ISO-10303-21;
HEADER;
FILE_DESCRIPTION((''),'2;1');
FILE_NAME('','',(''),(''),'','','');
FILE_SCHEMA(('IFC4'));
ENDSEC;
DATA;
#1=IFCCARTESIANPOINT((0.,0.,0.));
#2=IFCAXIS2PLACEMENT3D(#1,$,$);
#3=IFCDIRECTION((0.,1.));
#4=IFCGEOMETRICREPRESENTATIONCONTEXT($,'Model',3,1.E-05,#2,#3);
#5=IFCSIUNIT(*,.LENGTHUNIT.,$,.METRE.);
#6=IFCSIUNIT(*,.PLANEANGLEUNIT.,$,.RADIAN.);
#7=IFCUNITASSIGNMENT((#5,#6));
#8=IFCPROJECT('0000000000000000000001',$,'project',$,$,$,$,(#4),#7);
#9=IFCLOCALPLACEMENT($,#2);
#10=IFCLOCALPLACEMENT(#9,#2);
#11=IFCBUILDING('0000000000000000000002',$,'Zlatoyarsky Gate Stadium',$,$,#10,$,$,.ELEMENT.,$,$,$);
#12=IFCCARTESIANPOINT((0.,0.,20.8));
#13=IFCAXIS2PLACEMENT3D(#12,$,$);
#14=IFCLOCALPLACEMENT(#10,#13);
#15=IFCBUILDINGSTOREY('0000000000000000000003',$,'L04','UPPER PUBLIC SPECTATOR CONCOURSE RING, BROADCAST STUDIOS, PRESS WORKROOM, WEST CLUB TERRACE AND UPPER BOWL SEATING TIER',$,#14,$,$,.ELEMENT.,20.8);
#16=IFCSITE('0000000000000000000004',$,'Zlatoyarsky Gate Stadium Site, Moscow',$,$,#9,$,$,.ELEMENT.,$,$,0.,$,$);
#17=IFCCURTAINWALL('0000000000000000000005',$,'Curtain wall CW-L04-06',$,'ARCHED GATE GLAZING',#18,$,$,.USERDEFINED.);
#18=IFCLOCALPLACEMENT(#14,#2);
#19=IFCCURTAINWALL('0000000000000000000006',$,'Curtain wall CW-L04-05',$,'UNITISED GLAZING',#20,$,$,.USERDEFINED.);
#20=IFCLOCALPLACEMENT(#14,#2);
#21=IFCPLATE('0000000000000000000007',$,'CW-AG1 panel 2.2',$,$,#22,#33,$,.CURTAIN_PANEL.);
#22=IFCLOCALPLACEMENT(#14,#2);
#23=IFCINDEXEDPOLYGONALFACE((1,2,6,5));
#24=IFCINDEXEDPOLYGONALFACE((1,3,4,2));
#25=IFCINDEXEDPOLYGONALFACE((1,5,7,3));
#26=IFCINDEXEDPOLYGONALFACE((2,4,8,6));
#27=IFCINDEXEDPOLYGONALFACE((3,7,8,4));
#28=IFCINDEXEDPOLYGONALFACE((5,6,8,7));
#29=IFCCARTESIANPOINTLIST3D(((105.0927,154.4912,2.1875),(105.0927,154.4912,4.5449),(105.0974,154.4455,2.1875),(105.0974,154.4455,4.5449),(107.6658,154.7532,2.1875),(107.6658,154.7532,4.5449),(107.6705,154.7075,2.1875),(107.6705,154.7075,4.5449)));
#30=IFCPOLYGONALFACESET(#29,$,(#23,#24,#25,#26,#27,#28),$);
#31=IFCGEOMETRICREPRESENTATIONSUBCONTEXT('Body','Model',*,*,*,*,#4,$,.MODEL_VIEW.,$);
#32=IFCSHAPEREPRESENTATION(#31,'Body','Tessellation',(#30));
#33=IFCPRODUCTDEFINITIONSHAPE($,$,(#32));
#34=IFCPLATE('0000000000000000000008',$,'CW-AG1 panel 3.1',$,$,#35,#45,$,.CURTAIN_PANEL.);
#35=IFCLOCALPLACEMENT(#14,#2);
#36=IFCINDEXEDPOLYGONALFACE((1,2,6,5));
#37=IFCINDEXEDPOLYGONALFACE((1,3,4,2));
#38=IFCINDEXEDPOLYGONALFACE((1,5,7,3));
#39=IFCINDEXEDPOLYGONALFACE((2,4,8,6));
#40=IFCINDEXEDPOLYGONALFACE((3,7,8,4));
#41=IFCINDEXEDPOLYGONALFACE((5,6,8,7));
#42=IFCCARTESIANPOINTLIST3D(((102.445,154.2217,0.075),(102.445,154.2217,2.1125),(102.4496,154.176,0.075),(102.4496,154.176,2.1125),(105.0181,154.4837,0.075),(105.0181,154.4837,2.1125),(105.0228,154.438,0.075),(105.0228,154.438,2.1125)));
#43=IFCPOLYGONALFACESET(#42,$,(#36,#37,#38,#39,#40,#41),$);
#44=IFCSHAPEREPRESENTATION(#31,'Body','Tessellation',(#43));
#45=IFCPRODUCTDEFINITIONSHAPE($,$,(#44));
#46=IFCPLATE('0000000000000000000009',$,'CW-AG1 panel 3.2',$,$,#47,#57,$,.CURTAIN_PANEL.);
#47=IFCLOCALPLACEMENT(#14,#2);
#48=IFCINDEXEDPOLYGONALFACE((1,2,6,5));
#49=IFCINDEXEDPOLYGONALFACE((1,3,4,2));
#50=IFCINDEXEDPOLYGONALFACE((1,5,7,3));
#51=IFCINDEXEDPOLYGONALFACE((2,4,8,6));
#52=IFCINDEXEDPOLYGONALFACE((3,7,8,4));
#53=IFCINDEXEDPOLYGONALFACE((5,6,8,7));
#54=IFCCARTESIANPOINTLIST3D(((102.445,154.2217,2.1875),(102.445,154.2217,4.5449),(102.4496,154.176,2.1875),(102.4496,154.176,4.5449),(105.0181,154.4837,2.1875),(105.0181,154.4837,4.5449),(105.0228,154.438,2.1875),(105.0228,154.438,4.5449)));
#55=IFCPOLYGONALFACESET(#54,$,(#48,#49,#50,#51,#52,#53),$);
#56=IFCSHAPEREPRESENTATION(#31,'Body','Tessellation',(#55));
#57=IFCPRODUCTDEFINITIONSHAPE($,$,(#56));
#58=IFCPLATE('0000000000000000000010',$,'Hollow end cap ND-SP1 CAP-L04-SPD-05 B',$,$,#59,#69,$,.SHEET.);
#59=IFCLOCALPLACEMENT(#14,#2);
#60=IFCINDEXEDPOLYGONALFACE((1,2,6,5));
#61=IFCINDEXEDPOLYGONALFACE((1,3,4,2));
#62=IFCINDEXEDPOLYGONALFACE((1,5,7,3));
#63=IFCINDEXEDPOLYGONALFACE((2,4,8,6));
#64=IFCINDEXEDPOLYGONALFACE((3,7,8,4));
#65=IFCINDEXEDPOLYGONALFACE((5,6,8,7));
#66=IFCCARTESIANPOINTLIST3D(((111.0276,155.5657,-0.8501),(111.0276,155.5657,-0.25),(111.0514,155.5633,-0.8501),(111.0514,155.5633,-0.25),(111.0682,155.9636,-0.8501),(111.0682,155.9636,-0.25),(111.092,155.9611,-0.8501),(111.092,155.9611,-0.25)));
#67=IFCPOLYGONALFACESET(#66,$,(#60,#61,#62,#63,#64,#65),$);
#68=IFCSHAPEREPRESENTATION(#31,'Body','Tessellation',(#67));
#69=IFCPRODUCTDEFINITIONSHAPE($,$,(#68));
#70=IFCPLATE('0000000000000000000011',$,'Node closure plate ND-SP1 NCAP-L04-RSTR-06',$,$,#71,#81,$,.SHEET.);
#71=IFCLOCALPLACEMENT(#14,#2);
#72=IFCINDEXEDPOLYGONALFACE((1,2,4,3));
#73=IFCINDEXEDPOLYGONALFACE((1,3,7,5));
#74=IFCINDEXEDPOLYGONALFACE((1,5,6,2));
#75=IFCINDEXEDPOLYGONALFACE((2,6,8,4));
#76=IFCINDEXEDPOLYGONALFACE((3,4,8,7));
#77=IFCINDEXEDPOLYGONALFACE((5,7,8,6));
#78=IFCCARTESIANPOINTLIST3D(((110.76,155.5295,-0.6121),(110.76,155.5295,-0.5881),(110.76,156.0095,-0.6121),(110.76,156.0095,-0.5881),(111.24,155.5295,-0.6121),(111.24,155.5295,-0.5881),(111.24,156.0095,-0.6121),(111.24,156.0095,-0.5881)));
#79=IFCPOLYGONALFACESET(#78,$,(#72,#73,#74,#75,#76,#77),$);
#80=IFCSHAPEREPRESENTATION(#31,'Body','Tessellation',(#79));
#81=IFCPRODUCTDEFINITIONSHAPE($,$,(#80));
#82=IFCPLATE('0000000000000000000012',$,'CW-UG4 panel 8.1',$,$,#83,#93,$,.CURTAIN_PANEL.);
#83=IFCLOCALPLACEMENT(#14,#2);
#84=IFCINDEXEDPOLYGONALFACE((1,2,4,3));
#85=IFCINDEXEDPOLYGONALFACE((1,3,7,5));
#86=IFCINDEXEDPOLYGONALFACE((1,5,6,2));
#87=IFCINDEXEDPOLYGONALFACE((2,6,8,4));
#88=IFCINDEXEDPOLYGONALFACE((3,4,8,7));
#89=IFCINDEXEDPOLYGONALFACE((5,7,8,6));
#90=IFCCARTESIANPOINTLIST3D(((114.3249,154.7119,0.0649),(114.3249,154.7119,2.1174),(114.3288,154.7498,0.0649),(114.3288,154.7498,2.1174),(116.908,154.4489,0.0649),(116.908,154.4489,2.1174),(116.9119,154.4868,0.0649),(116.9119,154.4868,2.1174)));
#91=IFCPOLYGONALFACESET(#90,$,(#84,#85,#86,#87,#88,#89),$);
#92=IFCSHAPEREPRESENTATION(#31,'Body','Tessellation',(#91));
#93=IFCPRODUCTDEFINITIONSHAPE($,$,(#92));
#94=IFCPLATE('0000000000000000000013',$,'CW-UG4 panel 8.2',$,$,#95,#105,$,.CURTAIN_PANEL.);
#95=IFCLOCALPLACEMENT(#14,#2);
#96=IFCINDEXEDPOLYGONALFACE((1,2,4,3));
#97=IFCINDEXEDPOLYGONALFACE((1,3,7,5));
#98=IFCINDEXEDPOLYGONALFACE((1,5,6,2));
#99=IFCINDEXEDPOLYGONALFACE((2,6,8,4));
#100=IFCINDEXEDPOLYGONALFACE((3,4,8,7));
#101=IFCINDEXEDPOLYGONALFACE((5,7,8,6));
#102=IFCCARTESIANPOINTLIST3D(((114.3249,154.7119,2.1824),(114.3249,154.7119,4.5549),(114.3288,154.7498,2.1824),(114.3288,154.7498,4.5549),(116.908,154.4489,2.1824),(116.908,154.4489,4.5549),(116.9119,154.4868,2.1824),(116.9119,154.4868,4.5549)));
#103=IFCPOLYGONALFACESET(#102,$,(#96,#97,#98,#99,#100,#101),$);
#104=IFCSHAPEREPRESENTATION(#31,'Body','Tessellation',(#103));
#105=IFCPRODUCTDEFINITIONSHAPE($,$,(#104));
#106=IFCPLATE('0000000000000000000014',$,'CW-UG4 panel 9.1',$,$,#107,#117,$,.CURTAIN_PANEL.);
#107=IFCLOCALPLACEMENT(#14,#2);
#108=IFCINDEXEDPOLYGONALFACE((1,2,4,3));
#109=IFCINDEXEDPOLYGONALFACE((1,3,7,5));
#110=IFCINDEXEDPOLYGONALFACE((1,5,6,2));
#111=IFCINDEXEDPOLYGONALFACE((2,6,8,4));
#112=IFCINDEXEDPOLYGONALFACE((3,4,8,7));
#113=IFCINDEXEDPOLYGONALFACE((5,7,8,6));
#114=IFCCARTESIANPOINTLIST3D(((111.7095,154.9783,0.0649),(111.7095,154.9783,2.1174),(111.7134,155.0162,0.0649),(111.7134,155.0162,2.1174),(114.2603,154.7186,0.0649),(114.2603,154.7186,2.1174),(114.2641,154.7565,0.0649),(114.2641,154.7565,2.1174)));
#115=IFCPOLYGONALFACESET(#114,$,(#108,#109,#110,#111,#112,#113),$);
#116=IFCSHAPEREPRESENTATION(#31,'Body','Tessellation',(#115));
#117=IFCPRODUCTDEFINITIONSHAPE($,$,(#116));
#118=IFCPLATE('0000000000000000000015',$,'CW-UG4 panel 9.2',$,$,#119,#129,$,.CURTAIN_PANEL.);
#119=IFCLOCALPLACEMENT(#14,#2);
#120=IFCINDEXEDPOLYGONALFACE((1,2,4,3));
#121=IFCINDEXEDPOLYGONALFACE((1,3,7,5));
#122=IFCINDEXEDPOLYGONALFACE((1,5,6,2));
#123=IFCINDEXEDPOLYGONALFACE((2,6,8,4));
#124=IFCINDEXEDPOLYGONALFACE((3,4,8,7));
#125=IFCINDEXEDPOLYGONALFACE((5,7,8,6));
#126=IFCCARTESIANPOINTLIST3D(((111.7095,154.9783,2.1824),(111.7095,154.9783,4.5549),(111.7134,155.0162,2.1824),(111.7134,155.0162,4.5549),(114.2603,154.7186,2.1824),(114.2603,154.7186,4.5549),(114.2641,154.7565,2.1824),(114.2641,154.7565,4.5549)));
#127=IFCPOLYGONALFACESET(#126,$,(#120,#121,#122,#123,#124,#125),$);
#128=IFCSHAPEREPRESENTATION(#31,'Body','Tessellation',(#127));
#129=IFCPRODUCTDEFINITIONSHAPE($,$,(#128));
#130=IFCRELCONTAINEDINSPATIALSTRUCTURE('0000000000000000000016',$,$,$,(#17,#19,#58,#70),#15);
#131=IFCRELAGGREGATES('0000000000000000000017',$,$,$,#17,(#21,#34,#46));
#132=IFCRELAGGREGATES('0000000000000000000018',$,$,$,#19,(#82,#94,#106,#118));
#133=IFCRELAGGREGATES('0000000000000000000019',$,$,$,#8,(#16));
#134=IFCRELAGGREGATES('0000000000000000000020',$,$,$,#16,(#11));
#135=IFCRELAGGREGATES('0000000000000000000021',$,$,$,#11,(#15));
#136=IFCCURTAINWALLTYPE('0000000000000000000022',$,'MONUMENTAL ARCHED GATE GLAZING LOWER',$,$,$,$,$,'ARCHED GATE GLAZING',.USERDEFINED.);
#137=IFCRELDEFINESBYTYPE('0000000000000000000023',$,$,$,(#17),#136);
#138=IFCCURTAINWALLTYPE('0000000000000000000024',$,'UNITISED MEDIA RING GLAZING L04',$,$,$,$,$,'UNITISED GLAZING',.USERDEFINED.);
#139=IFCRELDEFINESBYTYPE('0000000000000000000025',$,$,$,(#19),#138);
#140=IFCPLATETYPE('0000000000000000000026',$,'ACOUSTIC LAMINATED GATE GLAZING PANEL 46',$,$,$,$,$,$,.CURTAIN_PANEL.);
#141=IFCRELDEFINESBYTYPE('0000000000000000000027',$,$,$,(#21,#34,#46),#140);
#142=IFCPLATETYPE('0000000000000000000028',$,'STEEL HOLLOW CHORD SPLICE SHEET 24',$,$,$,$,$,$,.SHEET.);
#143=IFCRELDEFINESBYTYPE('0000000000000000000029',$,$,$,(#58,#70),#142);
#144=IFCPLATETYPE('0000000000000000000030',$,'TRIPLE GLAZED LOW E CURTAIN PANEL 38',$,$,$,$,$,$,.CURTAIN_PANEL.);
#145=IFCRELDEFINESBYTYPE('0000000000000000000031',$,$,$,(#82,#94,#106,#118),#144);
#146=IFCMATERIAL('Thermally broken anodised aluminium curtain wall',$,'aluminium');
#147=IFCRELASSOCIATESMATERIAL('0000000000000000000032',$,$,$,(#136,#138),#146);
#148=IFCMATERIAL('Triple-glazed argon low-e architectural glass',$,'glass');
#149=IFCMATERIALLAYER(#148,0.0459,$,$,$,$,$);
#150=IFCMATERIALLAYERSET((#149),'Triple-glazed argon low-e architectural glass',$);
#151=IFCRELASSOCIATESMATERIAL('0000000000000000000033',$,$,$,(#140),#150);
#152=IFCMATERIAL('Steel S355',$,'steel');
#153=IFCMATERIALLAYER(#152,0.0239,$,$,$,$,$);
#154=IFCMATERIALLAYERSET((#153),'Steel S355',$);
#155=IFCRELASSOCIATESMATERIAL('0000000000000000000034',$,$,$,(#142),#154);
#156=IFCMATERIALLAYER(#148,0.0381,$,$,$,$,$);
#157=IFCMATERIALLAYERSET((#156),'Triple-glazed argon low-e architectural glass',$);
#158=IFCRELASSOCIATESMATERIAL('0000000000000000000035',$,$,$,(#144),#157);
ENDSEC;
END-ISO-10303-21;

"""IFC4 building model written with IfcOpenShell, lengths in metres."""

from ifc_helpers import new_model, si_unit, direction, frame, origin, origin_2d, place, context, subcontext, project, spatial, rectangle, extrude, material, layer, layer_set, type_object, element, aggregate, save


model = new_model("IFC4")

# Units and contexts
model_context = context("Model", 3, precision=1e-05, world=origin(), true_north=direction((0.0, 1.0)))
body_context = subcontext(model_context, "Body", "Model", "MODEL_VIEW")
ifc_project = project(units=[si_unit("LENGTHUNIT", "METRE"), si_unit("PLANEANGLEUNIT", "RADIAN")], contexts=[model_context])

# Site, building, storey
site_placement = place(None, origin())
site = spatial("IfcSite", under=ifc_project, at=site_placement, Name="Zlatoyarsky Gate Stadium Site, Moscow", CompositionType="ELEMENT", RefElevation=0.0)
building_placement = place(site_placement, origin())
building = spatial("IfcBuilding", under=site, at=building_placement, Name="Zlatoyarsky Gate Stadium", CompositionType="ELEMENT")
storey_placement = place(building_placement, frame((0.0, 0.0, 20.8)))
storey = spatial("IfcBuildingStorey", under=building, at=storey_placement, Name="L04", Description="UPPER PUBLIC SPECTATOR CONCOURSE RING, BROADCAST STUDIOS, PRESS WORKROOM, WEST CLUB TERRACE AND UPPER BOWL SEATING TIER", CompositionType="ELEMENT", Elevation=20.8)

# Curtain walls
ifc_material_1 = material(Name="Thermally broken anodised aluminium curtain wall", Category="aluminium")
curtain_wall_type_1 = type_object("IfcCurtainWallType", Name="MONUMENTAL ARCHED GATE GLAZING LOWER", ElementType="ARCHED GATE GLAZING", PredefinedType="USERDEFINED", material=ifc_material_1)
curtain_wall_1_placement = place(storey_placement, origin())
curtain_wall_1 = element("IfcCurtainWall", 1, at=curtain_wall_1_placement, inside=storey, type_object=curtain_wall_type_1, Name="Curtain wall CW-L04-06", ObjectType="ARCHED GATE GLAZING", PredefinedType="USERDEFINED")
curtain_wall_type_2 = type_object("IfcCurtainWallType", Name="UNITISED MEDIA RING GLAZING L04", ElementType="UNITISED GLAZING", PredefinedType="USERDEFINED", material=ifc_material_1)
curtain_wall_2_placement = place(storey_placement, origin())
curtain_wall_2 = element("IfcCurtainWall", 2, at=curtain_wall_2_placement, inside=storey, type_object=curtain_wall_type_2, Name="Curtain wall CW-L04-05", ObjectType="UNITISED GLAZING", PredefinedType="USERDEFINED")

# Shared definitions
ifc_material_2 = material(Name="Steel S355", Category="steel")

# Plates
ifc_material_3 = material(Name="Triple-glazed argon low-e architectural glass", Category="glass")
ifc_layer_1 = layer(ifc_material_3, 0.0459)
ifc_layer_set_1 = layer_set([ifc_layer_1], Name="Triple-glazed argon low-e architectural glass")
plate_type_1 = type_object("IfcPlateType", Name="ACOUSTIC LAMINATED GATE GLAZING PANEL 46", PredefinedType="CURTAIN_PANEL", material=ifc_layer_set_1)
plate_1_placement = place(storey_placement, frame((106.3816, 154.5994, 2.1875), z_axis=(0.0, 0.0, 1.0), x_axis=(-0.994857, -0.101293, 0.0)))
plate_1 = element("IfcPlate", 3, at=plate_1_placement, type_object=plate_type_1, Name="CW-AG1 panel 2.2", PredefinedType="CURTAIN_PANEL", context=body_context, shape_type="SweptSolid", body=[
    extrude(rectangle(XDim=2.5864, YDim=0.0459, at=origin_2d()), origin(), (0.0, 0.0, 1.0), 2.3574),
])
plate_2_placement = place(storey_placement, frame((103.7339, 154.3298, 0.075), z_axis=(0.0, 0.0, 1.0), x_axis=(-0.994857, -0.101293, 0.0)))
plate_2 = element("IfcPlate", 4, at=plate_2_placement, type_object=plate_type_1, Name="CW-AG1 panel 3.1", PredefinedType="CURTAIN_PANEL", context=body_context, shape_type="SweptSolid", body=[
    extrude(rectangle(XDim=2.5864, YDim=0.0459, at=origin_2d()), origin(), (0.0, 0.0, 1.0), 2.0376),
])
plate_3_placement = place(storey_placement, frame((103.7339, 154.3298, 2.1875), z_axis=(0.0, 0.0, 1.0), x_axis=(-0.994857, -0.101293, 0.0)))
plate_3 = element("IfcPlate", 5, at=plate_3_placement, type_object=plate_type_1, Name="CW-AG1 panel 3.2", PredefinedType="CURTAIN_PANEL", context=body_context, shape_type="SweptSolid", body=[
    extrude(rectangle(XDim=2.5864, YDim=0.0459, at=origin_2d()), origin(), (0.0, 0.0, 1.0), 2.3574),
])
aggregate(curtain_wall_1, [plate_1, plate_2, plate_3])

# Plates
ifc_layer_2 = layer(ifc_material_2, 0.0239)
ifc_layer_set_2 = layer_set([ifc_layer_2], Name="Steel S355")
plate_type_2 = type_object("IfcPlateType", Name="STEEL HOLLOW CHORD SPLICE SHEET 24", PredefinedType="SHEET", material=ifc_layer_set_2)
plate_4_placement = place(storey_placement, frame((111.0598, 155.7634, -0.8501), z_axis=(0.0, 0.0, 1.0), x_axis=(-0.994835, 0.101502, 0.0)))
element("IfcPlate", 6, at=plate_4_placement, inside=storey, type_object=plate_type_2, Name="Hollow end cap ND-SP1 CAP-L04-SPD-05 B", PredefinedType="SHEET", context=body_context, shape_type="SweptSolid", body=[
    extrude(rectangle(XDim=0.0239, YDim=0.3999, at=origin_2d()), origin(), (0.0, 0.0, 1.0), 0.6001),
])
plate_5_placement = place(storey_placement, frame((111.0, 155.7695, -0.6121), z_axis=(0.0, 0.0, 1.0), x_axis=(1.0, 0.0, 0.0)))
element("IfcPlate", 7, at=plate_5_placement, inside=storey, type_object=plate_type_2, Name="Node closure plate ND-SP1 NCAP-L04-RSTR-06", PredefinedType="SHEET", context=body_context, shape_type="SweptSolid", body=[
    extrude(rectangle(XDim=0.48, YDim=0.48, at=origin_2d()), origin(), (0.0, 0.0, 1.0), 0.0239),
])

# Plates
ifc_layer_3 = layer(ifc_material_3, 0.0381)
ifc_layer_set_3 = layer_set([ifc_layer_3], Name="Triple-glazed argon low-e architectural glass")
plate_type_3 = type_object("IfcPlateType", Name="TRIPLE GLAZED LOW E CURTAIN PANEL 38", PredefinedType="CURTAIN_PANEL", material=ifc_layer_set_3)
plate_6_placement = place(storey_placement, frame((115.6184, 154.5994, 0.0649), z_axis=(0.0, 0.0, 1.0), x_axis=(-0.994857, 0.101293, 0.0)))
plate_6 = element("IfcPlate", 8, at=plate_6_placement, type_object=plate_type_3, Name="CW-UG4 panel 8.1", PredefinedType="CURTAIN_PANEL", context=body_context, shape_type="SweptSolid", body=[
    extrude(rectangle(XDim=2.5964, YDim=0.0381, at=origin_2d()), origin(), (0.0, 0.0, 1.0), 2.0525),
])
plate_7_placement = place(storey_placement, frame((115.6184, 154.5994, 2.1824), z_axis=(0.0, 0.0, 1.0), x_axis=(-0.994857, 0.101293, 0.0)))
plate_7 = element("IfcPlate", 9, at=plate_7_placement, type_object=plate_type_3, Name="CW-UG4 panel 8.2", PredefinedType="CURTAIN_PANEL", context=body_context, shape_type="SweptSolid", body=[
    extrude(rectangle(XDim=2.5964, YDim=0.0381, at=origin_2d()), origin(), (0.0, 0.0, 1.0), 2.3726),
])
plate_8_placement = place(storey_placement, frame((112.9868, 154.8674, 0.0649), z_axis=(0.0, 0.0, 1.0), x_axis=(-0.994857, 0.101293, 0.0)))
plate_8 = element("IfcPlate", 10, at=plate_8_placement, type_object=plate_type_3, Name="CW-UG4 panel 9.1", PredefinedType="CURTAIN_PANEL", context=body_context, shape_type="SweptSolid", body=[
    extrude(rectangle(XDim=2.564, YDim=0.0381, at=origin_2d()), origin(), (0.0, 0.0, 1.0), 2.0525),
])
plate_9_placement = place(storey_placement, frame((112.9868, 154.8674, 2.1824), z_axis=(0.0, 0.0, 1.0), x_axis=(-0.994857, 0.101293, 0.0)))
plate_9 = element("IfcPlate", 11, at=plate_9_placement, type_object=plate_type_3, Name="CW-UG4 panel 9.2", PredefinedType="CURTAIN_PANEL", context=body_context, shape_type="SweptSolid", body=[
    extrude(rectangle(XDim=2.564, YDim=0.0381, at=origin_2d()), origin(), (0.0, 0.0, 1.0), 2.3726),
])
aggregate(curtain_wall_2, [plate_6, plate_7, plate_8, plate_9])

save(model, "model.ifc")
